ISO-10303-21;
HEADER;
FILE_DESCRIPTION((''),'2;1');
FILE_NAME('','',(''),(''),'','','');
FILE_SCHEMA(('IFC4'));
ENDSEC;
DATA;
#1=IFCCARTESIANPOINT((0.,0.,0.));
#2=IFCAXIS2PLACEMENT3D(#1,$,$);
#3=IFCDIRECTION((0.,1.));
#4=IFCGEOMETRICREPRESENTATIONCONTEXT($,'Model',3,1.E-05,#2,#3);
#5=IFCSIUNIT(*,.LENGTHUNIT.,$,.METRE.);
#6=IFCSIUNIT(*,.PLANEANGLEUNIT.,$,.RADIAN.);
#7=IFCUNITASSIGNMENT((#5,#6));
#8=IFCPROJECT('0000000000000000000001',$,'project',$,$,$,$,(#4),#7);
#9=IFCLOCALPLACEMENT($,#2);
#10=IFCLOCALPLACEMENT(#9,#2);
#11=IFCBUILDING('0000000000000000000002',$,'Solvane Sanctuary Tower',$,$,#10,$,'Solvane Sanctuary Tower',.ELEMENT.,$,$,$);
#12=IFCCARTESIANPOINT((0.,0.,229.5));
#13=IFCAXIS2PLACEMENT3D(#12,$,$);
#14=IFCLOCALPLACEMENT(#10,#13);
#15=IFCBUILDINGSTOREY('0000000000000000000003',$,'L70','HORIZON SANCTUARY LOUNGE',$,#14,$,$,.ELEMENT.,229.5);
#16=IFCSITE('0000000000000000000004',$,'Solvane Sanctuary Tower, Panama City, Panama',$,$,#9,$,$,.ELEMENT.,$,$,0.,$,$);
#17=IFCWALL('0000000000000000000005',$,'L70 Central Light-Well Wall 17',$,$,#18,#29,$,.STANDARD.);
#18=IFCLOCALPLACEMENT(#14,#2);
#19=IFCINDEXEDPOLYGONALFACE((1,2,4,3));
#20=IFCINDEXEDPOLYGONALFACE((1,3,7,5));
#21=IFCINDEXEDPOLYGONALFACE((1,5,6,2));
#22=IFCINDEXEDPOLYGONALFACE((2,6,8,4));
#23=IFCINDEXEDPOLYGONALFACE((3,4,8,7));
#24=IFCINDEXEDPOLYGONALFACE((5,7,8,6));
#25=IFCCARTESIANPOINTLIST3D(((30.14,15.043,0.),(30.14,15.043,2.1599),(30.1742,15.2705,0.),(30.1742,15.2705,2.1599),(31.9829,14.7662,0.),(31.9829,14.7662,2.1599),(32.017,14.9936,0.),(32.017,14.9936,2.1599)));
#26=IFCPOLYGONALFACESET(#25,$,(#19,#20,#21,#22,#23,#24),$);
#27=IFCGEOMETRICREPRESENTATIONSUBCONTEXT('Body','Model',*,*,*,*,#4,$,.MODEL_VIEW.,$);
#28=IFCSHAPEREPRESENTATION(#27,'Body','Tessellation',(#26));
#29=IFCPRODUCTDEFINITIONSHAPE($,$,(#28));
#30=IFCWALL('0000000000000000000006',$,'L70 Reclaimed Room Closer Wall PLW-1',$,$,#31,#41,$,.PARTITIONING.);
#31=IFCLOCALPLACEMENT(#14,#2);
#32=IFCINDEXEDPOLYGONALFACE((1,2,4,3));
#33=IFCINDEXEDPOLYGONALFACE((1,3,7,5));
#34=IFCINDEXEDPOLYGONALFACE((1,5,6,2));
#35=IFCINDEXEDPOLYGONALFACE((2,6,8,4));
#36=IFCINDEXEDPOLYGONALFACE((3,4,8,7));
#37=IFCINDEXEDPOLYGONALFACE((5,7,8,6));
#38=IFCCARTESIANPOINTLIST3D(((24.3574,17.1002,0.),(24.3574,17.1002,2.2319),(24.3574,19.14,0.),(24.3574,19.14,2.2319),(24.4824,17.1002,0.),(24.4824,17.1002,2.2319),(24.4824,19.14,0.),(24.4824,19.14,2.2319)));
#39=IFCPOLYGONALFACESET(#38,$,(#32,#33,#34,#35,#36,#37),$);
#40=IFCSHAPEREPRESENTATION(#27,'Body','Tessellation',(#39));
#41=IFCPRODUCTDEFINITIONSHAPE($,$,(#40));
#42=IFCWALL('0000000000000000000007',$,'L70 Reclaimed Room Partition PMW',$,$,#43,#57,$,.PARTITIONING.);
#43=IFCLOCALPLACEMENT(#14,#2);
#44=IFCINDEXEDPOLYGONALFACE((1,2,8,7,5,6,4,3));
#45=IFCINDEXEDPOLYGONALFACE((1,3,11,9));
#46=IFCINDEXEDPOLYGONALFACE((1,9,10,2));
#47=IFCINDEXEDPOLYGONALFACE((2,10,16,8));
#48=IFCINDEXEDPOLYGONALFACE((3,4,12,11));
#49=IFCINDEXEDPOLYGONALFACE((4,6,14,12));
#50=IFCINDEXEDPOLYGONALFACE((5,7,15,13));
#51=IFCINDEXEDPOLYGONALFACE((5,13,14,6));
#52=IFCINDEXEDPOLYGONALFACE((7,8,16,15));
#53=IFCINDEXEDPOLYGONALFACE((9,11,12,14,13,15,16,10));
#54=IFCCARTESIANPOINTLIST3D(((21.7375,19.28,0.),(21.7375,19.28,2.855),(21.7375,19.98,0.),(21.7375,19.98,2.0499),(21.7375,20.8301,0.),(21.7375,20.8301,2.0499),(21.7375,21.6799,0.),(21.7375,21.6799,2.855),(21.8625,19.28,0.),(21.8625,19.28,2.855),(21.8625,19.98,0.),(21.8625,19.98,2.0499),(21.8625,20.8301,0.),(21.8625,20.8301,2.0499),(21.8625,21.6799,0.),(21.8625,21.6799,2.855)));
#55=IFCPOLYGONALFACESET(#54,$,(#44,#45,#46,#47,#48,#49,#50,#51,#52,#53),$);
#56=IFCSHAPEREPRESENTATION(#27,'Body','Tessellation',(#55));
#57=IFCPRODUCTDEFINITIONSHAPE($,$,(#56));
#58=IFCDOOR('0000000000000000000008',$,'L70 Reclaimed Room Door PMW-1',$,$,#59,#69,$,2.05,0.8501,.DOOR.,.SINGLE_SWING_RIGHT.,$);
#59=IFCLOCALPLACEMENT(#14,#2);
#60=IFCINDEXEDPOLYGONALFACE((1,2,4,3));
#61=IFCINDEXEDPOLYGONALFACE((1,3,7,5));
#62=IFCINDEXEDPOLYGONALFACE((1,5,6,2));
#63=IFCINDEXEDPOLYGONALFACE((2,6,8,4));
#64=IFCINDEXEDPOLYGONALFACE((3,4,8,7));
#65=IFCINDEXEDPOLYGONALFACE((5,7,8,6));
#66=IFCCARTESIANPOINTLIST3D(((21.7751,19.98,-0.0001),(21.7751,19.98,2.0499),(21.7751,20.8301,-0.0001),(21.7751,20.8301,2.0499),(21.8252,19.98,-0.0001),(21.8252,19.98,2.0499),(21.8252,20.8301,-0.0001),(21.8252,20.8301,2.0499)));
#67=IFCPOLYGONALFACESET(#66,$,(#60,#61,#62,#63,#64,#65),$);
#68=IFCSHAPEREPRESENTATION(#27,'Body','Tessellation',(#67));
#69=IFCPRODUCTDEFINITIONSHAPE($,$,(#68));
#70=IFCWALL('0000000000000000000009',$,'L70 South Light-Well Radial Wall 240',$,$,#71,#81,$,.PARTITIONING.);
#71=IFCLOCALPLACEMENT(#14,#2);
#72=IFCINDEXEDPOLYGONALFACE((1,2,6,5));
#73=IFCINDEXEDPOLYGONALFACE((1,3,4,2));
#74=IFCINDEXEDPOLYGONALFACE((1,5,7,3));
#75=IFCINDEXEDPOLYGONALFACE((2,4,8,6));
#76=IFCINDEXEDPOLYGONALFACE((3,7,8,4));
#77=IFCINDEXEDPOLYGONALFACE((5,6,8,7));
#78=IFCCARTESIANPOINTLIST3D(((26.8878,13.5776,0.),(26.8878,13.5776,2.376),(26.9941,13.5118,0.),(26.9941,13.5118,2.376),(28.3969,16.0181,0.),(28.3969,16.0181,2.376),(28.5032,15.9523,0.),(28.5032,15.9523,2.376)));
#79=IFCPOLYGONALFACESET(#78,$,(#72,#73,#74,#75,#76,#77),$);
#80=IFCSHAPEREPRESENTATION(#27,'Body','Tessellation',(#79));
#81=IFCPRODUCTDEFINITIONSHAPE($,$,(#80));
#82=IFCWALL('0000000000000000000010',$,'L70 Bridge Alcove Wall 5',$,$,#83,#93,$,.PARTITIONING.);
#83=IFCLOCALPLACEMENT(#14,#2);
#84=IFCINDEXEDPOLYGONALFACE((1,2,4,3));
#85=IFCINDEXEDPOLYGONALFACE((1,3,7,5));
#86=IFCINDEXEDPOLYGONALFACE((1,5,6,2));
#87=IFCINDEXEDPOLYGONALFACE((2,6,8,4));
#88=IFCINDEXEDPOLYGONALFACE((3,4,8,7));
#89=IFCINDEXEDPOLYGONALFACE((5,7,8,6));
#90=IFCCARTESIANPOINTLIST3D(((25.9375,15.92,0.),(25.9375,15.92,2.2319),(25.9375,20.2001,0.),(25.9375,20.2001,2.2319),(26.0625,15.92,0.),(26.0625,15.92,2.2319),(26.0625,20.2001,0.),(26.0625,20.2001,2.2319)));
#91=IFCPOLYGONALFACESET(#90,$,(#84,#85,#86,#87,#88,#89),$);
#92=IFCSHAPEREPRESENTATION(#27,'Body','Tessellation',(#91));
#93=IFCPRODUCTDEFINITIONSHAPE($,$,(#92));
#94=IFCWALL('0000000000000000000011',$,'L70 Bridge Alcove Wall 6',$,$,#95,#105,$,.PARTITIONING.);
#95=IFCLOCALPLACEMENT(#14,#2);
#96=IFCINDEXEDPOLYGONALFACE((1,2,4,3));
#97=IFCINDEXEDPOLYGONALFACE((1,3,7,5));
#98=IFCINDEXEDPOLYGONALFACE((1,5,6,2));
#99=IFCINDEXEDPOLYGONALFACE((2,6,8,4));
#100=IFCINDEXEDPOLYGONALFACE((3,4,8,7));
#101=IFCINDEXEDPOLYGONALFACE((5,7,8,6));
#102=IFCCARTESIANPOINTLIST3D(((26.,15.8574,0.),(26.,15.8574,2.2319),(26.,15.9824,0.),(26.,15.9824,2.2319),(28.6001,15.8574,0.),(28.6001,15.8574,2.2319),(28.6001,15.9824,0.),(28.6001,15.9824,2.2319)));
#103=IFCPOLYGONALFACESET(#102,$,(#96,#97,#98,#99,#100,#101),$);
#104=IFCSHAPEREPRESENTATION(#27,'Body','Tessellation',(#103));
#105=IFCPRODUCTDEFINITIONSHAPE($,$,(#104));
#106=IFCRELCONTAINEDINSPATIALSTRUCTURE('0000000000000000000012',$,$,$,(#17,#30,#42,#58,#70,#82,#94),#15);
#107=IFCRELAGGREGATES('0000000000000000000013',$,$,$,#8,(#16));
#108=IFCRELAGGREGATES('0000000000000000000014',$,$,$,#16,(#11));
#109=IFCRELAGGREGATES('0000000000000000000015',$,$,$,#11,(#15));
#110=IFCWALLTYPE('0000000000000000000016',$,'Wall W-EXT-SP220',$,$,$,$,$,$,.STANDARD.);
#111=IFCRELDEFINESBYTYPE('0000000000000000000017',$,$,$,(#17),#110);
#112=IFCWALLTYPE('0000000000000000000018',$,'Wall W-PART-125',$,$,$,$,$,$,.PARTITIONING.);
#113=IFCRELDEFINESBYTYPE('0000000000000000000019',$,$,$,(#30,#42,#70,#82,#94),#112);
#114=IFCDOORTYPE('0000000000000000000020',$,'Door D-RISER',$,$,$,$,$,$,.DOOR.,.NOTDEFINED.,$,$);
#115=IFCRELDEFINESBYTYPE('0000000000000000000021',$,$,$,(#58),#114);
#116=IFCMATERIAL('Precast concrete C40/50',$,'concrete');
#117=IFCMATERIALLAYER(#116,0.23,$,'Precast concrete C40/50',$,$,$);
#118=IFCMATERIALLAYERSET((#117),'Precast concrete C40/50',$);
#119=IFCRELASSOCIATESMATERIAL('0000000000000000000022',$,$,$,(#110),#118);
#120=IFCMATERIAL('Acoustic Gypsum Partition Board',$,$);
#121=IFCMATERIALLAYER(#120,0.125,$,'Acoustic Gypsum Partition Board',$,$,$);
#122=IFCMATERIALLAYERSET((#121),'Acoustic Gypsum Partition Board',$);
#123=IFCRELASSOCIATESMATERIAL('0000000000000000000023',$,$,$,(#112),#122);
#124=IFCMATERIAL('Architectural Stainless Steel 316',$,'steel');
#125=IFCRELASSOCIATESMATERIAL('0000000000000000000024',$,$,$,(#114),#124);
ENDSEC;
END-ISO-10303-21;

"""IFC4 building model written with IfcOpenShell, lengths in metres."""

from ifc_helpers import new_model, si_unit, direction, frame, frame_2d, origin, place, context, subcontext, project, spatial, rectangle, extrude, material, layer, layer_set, type_object, element, fill, save


model = new_model("IFC4")

# Units and contexts
model_context = context("Model", 3, precision=1e-05, world=origin(), true_north=direction((0.0, 1.0)))
body_context = subcontext(model_context, "Body", "Model", "MODEL_VIEW")
ifc_project = project(units=[si_unit("LENGTHUNIT", "METRE"), si_unit("PLANEANGLEUNIT", "RADIAN")], contexts=[model_context])

# Site, building, storey
site_placement = place(None, origin())
site = spatial("IfcSite", under=ifc_project, at=site_placement, Name="Solvane Sanctuary Tower, Panama City, Panama", CompositionType="ELEMENT", RefElevation=0.0)
building_placement = place(site_placement, origin())
building = spatial("IfcBuilding", under=site, at=building_placement, Name="Solvane Sanctuary Tower", LongName="Solvane Sanctuary Tower", CompositionType="ELEMENT")
storey_placement = place(building_placement, frame((0.0, 0.0, 229.5)))
storey = spatial("IfcBuildingStorey", under=building, at=storey_placement, Name="L70", Description="HORIZON SANCTUARY LOUNGE", CompositionType="ELEMENT", Elevation=229.5)

# Walls
ifc_material_1 = material(Name="Precast concrete C40/50", Category="concrete")
ifc_layer_1 = layer(ifc_material_1, 0.23, Name="Precast concrete C40/50")
ifc_layer_set_1 = layer_set([ifc_layer_1], Name="Precast concrete C40/50")
wall_type_1 = type_object("IfcWallType", Name="Wall W-EXT-SP220", PredefinedType="STANDARD", material=ifc_layer_set_1)
wall_1_placement = place(storey_placement, frame((30.1572, 15.1567, 0.0), z_axis=(0.0, 0.0, 1.0), x_axis=(0.988902, -0.148571, 0.0)))
element("IfcWall", 1, at=wall_1_placement, inside=storey, type_object=wall_type_1, Name="L70 Central Light-Well Wall 17", PredefinedType="STANDARD", context=body_context, shape_type="SweptSolid", body=[
    extrude(rectangle(XDim=1.8635, YDim=0.23, at=frame_2d((0.9316, 0.0))), origin(), (0.0, 0.0, 1.0), 2.1599),
])
ifc_material_2 = material(Name="Acoustic Gypsum Partition Board")
ifc_layer_2 = layer(ifc_material_2, 0.125, Name="Acoustic Gypsum Partition Board")
ifc_layer_set_2 = layer_set([ifc_layer_2], Name="Acoustic Gypsum Partition Board")
wall_type_2 = type_object("IfcWallType", Name="Wall W-PART-125", PredefinedType="PARTITIONING", material=ifc_layer_set_2)
wall_2_placement = place(storey_placement, frame((24.4199, 17.1001, 0.0), z_axis=(0.0, 0.0, 1.0), x_axis=(0.0, 1.0, 0.0)))
element("IfcWall", 2, at=wall_2_placement, inside=storey, type_object=wall_type_2, Name="L70 Reclaimed Room Closer Wall PLW-1", PredefinedType="PARTITIONING", context=body_context, shape_type="SweptSolid", body=[
    extrude(rectangle(XDim=2.0398, YDim=0.125, at=frame_2d((1.02, 0.0))), origin(), (0.0, 0.0, 1.0), 2.2319),
])

# Wall, opening, door
wall_3_placement = place(storey_placement, frame((21.8, 19.28, 0.0), z_axis=(0.0, 0.0, 1.0), x_axis=(0.0, 1.0, 0.0)))
wall_3 = element("IfcWall", 3, at=wall_3_placement, inside=storey, type_object=wall_type_2, Name="L70 Reclaimed Room Partition PMW", PredefinedType="PARTITIONING", context=body_context, shape_type="SweptSolid", body=[
    extrude(rectangle(XDim=2.3999, YDim=0.125, at=frame_2d((1.2, 0.0))), origin(), (0.0, 0.0, 1.0), 2.855),
])
opening_placement = place(wall_3_placement, frame((0.7, 0.0, 0.0)))
opening = element("IfcOpeningElement", 4, at=opening_placement, cuts=wall_3, PredefinedType="OPENING", context=body_context, shape_type="SweptSolid", body=[
    extrude(rectangle(XDim=0.8501, YDim=2.05, at=frame_2d((0.425, 1.0249))), frame((0.0, 0.0725, 0.0), z_axis=(0.0, -1.0, 0.0), x_axis=(1.0, 0.0, 0.0)), (0.0, 0.0, 1.0), 0.145),
])
ifc_material_3 = material(Name="Architectural Stainless Steel 316", Category="steel")
door_type = type_object("IfcDoorType", Name="Door D-RISER", OperationType="NOTDEFINED", PredefinedType="DOOR", material=ifc_material_3)
door_placement = place(opening_placement, origin())
door = element("IfcDoor", 5, at=door_placement, inside=storey, type_object=door_type, Name="L70 Reclaimed Room Door PMW-1", OperationType="SINGLE_SWING_RIGHT", OverallHeight=2.05, OverallWidth=0.8501, PredefinedType="DOOR", context=body_context, shape_type="SweptSolid", body=[
    extrude(rectangle(XDim=0.8501, YDim=2.05, at=frame_2d((0.425, 1.0249))), frame((0.0, 0.0249, 0.0), z_axis=(0.0, -1.0, 0.0), x_axis=(1.0, 0.0, 0.0)), (0.0, 0.0, 1.0), 0.05),
])
fill(opening, door)

# Walls
wall_4_placement = place(storey_placement, frame((28.45, 15.9851, 0.0), z_axis=(0.0, 0.0, 1.0), x_axis=(-0.525924, -0.850532, 0.0)))
element("IfcWall", 6, at=wall_4_placement, inside=storey, type_object=wall_type_2, Name="L70 South Light-Well Radial Wall 240", PredefinedType="PARTITIONING", context=body_context, shape_type="SweptSolid", body=[
    extrude(rectangle(XDim=2.8694, YDim=0.125, at=frame_2d((1.4346, 0.0))), origin(), (0.0, 0.0, 1.0), 2.376),
])
wall_5_placement = place(storey_placement, frame((26.0, 15.9199, 0.0), z_axis=(0.0, 0.0, 1.0), x_axis=(0.0, 1.0, 0.0)))
element("IfcWall", 7, at=wall_5_placement, inside=storey, type_object=wall_type_2, Name="L70 Bridge Alcove Wall 5", PredefinedType="PARTITIONING", context=body_context, shape_type="SweptSolid", body=[
    extrude(rectangle(XDim=4.28, YDim=0.125, at=frame_2d((2.1401, 0.0))), origin(), (0.0, 0.0, 1.0), 2.2319),
])
wall_6_placement = place(storey_placement, frame((26.0, 15.9199, 0.0), z_axis=(0.0, 0.0, 1.0), x_axis=(1.0, 0.0, 0.0)))
element("IfcWall", 8, at=wall_6_placement, inside=storey, type_object=wall_type_2, Name="L70 Bridge Alcove Wall 6", PredefinedType="PARTITIONING", context=body_context, shape_type="SweptSolid", body=[
    extrude(rectangle(XDim=2.6001, YDim=0.125, at=frame_2d((1.3, 0.0))), origin(), (0.0, 0.0, 1.0), 2.2319),
])

save(model, "model.ifc")
